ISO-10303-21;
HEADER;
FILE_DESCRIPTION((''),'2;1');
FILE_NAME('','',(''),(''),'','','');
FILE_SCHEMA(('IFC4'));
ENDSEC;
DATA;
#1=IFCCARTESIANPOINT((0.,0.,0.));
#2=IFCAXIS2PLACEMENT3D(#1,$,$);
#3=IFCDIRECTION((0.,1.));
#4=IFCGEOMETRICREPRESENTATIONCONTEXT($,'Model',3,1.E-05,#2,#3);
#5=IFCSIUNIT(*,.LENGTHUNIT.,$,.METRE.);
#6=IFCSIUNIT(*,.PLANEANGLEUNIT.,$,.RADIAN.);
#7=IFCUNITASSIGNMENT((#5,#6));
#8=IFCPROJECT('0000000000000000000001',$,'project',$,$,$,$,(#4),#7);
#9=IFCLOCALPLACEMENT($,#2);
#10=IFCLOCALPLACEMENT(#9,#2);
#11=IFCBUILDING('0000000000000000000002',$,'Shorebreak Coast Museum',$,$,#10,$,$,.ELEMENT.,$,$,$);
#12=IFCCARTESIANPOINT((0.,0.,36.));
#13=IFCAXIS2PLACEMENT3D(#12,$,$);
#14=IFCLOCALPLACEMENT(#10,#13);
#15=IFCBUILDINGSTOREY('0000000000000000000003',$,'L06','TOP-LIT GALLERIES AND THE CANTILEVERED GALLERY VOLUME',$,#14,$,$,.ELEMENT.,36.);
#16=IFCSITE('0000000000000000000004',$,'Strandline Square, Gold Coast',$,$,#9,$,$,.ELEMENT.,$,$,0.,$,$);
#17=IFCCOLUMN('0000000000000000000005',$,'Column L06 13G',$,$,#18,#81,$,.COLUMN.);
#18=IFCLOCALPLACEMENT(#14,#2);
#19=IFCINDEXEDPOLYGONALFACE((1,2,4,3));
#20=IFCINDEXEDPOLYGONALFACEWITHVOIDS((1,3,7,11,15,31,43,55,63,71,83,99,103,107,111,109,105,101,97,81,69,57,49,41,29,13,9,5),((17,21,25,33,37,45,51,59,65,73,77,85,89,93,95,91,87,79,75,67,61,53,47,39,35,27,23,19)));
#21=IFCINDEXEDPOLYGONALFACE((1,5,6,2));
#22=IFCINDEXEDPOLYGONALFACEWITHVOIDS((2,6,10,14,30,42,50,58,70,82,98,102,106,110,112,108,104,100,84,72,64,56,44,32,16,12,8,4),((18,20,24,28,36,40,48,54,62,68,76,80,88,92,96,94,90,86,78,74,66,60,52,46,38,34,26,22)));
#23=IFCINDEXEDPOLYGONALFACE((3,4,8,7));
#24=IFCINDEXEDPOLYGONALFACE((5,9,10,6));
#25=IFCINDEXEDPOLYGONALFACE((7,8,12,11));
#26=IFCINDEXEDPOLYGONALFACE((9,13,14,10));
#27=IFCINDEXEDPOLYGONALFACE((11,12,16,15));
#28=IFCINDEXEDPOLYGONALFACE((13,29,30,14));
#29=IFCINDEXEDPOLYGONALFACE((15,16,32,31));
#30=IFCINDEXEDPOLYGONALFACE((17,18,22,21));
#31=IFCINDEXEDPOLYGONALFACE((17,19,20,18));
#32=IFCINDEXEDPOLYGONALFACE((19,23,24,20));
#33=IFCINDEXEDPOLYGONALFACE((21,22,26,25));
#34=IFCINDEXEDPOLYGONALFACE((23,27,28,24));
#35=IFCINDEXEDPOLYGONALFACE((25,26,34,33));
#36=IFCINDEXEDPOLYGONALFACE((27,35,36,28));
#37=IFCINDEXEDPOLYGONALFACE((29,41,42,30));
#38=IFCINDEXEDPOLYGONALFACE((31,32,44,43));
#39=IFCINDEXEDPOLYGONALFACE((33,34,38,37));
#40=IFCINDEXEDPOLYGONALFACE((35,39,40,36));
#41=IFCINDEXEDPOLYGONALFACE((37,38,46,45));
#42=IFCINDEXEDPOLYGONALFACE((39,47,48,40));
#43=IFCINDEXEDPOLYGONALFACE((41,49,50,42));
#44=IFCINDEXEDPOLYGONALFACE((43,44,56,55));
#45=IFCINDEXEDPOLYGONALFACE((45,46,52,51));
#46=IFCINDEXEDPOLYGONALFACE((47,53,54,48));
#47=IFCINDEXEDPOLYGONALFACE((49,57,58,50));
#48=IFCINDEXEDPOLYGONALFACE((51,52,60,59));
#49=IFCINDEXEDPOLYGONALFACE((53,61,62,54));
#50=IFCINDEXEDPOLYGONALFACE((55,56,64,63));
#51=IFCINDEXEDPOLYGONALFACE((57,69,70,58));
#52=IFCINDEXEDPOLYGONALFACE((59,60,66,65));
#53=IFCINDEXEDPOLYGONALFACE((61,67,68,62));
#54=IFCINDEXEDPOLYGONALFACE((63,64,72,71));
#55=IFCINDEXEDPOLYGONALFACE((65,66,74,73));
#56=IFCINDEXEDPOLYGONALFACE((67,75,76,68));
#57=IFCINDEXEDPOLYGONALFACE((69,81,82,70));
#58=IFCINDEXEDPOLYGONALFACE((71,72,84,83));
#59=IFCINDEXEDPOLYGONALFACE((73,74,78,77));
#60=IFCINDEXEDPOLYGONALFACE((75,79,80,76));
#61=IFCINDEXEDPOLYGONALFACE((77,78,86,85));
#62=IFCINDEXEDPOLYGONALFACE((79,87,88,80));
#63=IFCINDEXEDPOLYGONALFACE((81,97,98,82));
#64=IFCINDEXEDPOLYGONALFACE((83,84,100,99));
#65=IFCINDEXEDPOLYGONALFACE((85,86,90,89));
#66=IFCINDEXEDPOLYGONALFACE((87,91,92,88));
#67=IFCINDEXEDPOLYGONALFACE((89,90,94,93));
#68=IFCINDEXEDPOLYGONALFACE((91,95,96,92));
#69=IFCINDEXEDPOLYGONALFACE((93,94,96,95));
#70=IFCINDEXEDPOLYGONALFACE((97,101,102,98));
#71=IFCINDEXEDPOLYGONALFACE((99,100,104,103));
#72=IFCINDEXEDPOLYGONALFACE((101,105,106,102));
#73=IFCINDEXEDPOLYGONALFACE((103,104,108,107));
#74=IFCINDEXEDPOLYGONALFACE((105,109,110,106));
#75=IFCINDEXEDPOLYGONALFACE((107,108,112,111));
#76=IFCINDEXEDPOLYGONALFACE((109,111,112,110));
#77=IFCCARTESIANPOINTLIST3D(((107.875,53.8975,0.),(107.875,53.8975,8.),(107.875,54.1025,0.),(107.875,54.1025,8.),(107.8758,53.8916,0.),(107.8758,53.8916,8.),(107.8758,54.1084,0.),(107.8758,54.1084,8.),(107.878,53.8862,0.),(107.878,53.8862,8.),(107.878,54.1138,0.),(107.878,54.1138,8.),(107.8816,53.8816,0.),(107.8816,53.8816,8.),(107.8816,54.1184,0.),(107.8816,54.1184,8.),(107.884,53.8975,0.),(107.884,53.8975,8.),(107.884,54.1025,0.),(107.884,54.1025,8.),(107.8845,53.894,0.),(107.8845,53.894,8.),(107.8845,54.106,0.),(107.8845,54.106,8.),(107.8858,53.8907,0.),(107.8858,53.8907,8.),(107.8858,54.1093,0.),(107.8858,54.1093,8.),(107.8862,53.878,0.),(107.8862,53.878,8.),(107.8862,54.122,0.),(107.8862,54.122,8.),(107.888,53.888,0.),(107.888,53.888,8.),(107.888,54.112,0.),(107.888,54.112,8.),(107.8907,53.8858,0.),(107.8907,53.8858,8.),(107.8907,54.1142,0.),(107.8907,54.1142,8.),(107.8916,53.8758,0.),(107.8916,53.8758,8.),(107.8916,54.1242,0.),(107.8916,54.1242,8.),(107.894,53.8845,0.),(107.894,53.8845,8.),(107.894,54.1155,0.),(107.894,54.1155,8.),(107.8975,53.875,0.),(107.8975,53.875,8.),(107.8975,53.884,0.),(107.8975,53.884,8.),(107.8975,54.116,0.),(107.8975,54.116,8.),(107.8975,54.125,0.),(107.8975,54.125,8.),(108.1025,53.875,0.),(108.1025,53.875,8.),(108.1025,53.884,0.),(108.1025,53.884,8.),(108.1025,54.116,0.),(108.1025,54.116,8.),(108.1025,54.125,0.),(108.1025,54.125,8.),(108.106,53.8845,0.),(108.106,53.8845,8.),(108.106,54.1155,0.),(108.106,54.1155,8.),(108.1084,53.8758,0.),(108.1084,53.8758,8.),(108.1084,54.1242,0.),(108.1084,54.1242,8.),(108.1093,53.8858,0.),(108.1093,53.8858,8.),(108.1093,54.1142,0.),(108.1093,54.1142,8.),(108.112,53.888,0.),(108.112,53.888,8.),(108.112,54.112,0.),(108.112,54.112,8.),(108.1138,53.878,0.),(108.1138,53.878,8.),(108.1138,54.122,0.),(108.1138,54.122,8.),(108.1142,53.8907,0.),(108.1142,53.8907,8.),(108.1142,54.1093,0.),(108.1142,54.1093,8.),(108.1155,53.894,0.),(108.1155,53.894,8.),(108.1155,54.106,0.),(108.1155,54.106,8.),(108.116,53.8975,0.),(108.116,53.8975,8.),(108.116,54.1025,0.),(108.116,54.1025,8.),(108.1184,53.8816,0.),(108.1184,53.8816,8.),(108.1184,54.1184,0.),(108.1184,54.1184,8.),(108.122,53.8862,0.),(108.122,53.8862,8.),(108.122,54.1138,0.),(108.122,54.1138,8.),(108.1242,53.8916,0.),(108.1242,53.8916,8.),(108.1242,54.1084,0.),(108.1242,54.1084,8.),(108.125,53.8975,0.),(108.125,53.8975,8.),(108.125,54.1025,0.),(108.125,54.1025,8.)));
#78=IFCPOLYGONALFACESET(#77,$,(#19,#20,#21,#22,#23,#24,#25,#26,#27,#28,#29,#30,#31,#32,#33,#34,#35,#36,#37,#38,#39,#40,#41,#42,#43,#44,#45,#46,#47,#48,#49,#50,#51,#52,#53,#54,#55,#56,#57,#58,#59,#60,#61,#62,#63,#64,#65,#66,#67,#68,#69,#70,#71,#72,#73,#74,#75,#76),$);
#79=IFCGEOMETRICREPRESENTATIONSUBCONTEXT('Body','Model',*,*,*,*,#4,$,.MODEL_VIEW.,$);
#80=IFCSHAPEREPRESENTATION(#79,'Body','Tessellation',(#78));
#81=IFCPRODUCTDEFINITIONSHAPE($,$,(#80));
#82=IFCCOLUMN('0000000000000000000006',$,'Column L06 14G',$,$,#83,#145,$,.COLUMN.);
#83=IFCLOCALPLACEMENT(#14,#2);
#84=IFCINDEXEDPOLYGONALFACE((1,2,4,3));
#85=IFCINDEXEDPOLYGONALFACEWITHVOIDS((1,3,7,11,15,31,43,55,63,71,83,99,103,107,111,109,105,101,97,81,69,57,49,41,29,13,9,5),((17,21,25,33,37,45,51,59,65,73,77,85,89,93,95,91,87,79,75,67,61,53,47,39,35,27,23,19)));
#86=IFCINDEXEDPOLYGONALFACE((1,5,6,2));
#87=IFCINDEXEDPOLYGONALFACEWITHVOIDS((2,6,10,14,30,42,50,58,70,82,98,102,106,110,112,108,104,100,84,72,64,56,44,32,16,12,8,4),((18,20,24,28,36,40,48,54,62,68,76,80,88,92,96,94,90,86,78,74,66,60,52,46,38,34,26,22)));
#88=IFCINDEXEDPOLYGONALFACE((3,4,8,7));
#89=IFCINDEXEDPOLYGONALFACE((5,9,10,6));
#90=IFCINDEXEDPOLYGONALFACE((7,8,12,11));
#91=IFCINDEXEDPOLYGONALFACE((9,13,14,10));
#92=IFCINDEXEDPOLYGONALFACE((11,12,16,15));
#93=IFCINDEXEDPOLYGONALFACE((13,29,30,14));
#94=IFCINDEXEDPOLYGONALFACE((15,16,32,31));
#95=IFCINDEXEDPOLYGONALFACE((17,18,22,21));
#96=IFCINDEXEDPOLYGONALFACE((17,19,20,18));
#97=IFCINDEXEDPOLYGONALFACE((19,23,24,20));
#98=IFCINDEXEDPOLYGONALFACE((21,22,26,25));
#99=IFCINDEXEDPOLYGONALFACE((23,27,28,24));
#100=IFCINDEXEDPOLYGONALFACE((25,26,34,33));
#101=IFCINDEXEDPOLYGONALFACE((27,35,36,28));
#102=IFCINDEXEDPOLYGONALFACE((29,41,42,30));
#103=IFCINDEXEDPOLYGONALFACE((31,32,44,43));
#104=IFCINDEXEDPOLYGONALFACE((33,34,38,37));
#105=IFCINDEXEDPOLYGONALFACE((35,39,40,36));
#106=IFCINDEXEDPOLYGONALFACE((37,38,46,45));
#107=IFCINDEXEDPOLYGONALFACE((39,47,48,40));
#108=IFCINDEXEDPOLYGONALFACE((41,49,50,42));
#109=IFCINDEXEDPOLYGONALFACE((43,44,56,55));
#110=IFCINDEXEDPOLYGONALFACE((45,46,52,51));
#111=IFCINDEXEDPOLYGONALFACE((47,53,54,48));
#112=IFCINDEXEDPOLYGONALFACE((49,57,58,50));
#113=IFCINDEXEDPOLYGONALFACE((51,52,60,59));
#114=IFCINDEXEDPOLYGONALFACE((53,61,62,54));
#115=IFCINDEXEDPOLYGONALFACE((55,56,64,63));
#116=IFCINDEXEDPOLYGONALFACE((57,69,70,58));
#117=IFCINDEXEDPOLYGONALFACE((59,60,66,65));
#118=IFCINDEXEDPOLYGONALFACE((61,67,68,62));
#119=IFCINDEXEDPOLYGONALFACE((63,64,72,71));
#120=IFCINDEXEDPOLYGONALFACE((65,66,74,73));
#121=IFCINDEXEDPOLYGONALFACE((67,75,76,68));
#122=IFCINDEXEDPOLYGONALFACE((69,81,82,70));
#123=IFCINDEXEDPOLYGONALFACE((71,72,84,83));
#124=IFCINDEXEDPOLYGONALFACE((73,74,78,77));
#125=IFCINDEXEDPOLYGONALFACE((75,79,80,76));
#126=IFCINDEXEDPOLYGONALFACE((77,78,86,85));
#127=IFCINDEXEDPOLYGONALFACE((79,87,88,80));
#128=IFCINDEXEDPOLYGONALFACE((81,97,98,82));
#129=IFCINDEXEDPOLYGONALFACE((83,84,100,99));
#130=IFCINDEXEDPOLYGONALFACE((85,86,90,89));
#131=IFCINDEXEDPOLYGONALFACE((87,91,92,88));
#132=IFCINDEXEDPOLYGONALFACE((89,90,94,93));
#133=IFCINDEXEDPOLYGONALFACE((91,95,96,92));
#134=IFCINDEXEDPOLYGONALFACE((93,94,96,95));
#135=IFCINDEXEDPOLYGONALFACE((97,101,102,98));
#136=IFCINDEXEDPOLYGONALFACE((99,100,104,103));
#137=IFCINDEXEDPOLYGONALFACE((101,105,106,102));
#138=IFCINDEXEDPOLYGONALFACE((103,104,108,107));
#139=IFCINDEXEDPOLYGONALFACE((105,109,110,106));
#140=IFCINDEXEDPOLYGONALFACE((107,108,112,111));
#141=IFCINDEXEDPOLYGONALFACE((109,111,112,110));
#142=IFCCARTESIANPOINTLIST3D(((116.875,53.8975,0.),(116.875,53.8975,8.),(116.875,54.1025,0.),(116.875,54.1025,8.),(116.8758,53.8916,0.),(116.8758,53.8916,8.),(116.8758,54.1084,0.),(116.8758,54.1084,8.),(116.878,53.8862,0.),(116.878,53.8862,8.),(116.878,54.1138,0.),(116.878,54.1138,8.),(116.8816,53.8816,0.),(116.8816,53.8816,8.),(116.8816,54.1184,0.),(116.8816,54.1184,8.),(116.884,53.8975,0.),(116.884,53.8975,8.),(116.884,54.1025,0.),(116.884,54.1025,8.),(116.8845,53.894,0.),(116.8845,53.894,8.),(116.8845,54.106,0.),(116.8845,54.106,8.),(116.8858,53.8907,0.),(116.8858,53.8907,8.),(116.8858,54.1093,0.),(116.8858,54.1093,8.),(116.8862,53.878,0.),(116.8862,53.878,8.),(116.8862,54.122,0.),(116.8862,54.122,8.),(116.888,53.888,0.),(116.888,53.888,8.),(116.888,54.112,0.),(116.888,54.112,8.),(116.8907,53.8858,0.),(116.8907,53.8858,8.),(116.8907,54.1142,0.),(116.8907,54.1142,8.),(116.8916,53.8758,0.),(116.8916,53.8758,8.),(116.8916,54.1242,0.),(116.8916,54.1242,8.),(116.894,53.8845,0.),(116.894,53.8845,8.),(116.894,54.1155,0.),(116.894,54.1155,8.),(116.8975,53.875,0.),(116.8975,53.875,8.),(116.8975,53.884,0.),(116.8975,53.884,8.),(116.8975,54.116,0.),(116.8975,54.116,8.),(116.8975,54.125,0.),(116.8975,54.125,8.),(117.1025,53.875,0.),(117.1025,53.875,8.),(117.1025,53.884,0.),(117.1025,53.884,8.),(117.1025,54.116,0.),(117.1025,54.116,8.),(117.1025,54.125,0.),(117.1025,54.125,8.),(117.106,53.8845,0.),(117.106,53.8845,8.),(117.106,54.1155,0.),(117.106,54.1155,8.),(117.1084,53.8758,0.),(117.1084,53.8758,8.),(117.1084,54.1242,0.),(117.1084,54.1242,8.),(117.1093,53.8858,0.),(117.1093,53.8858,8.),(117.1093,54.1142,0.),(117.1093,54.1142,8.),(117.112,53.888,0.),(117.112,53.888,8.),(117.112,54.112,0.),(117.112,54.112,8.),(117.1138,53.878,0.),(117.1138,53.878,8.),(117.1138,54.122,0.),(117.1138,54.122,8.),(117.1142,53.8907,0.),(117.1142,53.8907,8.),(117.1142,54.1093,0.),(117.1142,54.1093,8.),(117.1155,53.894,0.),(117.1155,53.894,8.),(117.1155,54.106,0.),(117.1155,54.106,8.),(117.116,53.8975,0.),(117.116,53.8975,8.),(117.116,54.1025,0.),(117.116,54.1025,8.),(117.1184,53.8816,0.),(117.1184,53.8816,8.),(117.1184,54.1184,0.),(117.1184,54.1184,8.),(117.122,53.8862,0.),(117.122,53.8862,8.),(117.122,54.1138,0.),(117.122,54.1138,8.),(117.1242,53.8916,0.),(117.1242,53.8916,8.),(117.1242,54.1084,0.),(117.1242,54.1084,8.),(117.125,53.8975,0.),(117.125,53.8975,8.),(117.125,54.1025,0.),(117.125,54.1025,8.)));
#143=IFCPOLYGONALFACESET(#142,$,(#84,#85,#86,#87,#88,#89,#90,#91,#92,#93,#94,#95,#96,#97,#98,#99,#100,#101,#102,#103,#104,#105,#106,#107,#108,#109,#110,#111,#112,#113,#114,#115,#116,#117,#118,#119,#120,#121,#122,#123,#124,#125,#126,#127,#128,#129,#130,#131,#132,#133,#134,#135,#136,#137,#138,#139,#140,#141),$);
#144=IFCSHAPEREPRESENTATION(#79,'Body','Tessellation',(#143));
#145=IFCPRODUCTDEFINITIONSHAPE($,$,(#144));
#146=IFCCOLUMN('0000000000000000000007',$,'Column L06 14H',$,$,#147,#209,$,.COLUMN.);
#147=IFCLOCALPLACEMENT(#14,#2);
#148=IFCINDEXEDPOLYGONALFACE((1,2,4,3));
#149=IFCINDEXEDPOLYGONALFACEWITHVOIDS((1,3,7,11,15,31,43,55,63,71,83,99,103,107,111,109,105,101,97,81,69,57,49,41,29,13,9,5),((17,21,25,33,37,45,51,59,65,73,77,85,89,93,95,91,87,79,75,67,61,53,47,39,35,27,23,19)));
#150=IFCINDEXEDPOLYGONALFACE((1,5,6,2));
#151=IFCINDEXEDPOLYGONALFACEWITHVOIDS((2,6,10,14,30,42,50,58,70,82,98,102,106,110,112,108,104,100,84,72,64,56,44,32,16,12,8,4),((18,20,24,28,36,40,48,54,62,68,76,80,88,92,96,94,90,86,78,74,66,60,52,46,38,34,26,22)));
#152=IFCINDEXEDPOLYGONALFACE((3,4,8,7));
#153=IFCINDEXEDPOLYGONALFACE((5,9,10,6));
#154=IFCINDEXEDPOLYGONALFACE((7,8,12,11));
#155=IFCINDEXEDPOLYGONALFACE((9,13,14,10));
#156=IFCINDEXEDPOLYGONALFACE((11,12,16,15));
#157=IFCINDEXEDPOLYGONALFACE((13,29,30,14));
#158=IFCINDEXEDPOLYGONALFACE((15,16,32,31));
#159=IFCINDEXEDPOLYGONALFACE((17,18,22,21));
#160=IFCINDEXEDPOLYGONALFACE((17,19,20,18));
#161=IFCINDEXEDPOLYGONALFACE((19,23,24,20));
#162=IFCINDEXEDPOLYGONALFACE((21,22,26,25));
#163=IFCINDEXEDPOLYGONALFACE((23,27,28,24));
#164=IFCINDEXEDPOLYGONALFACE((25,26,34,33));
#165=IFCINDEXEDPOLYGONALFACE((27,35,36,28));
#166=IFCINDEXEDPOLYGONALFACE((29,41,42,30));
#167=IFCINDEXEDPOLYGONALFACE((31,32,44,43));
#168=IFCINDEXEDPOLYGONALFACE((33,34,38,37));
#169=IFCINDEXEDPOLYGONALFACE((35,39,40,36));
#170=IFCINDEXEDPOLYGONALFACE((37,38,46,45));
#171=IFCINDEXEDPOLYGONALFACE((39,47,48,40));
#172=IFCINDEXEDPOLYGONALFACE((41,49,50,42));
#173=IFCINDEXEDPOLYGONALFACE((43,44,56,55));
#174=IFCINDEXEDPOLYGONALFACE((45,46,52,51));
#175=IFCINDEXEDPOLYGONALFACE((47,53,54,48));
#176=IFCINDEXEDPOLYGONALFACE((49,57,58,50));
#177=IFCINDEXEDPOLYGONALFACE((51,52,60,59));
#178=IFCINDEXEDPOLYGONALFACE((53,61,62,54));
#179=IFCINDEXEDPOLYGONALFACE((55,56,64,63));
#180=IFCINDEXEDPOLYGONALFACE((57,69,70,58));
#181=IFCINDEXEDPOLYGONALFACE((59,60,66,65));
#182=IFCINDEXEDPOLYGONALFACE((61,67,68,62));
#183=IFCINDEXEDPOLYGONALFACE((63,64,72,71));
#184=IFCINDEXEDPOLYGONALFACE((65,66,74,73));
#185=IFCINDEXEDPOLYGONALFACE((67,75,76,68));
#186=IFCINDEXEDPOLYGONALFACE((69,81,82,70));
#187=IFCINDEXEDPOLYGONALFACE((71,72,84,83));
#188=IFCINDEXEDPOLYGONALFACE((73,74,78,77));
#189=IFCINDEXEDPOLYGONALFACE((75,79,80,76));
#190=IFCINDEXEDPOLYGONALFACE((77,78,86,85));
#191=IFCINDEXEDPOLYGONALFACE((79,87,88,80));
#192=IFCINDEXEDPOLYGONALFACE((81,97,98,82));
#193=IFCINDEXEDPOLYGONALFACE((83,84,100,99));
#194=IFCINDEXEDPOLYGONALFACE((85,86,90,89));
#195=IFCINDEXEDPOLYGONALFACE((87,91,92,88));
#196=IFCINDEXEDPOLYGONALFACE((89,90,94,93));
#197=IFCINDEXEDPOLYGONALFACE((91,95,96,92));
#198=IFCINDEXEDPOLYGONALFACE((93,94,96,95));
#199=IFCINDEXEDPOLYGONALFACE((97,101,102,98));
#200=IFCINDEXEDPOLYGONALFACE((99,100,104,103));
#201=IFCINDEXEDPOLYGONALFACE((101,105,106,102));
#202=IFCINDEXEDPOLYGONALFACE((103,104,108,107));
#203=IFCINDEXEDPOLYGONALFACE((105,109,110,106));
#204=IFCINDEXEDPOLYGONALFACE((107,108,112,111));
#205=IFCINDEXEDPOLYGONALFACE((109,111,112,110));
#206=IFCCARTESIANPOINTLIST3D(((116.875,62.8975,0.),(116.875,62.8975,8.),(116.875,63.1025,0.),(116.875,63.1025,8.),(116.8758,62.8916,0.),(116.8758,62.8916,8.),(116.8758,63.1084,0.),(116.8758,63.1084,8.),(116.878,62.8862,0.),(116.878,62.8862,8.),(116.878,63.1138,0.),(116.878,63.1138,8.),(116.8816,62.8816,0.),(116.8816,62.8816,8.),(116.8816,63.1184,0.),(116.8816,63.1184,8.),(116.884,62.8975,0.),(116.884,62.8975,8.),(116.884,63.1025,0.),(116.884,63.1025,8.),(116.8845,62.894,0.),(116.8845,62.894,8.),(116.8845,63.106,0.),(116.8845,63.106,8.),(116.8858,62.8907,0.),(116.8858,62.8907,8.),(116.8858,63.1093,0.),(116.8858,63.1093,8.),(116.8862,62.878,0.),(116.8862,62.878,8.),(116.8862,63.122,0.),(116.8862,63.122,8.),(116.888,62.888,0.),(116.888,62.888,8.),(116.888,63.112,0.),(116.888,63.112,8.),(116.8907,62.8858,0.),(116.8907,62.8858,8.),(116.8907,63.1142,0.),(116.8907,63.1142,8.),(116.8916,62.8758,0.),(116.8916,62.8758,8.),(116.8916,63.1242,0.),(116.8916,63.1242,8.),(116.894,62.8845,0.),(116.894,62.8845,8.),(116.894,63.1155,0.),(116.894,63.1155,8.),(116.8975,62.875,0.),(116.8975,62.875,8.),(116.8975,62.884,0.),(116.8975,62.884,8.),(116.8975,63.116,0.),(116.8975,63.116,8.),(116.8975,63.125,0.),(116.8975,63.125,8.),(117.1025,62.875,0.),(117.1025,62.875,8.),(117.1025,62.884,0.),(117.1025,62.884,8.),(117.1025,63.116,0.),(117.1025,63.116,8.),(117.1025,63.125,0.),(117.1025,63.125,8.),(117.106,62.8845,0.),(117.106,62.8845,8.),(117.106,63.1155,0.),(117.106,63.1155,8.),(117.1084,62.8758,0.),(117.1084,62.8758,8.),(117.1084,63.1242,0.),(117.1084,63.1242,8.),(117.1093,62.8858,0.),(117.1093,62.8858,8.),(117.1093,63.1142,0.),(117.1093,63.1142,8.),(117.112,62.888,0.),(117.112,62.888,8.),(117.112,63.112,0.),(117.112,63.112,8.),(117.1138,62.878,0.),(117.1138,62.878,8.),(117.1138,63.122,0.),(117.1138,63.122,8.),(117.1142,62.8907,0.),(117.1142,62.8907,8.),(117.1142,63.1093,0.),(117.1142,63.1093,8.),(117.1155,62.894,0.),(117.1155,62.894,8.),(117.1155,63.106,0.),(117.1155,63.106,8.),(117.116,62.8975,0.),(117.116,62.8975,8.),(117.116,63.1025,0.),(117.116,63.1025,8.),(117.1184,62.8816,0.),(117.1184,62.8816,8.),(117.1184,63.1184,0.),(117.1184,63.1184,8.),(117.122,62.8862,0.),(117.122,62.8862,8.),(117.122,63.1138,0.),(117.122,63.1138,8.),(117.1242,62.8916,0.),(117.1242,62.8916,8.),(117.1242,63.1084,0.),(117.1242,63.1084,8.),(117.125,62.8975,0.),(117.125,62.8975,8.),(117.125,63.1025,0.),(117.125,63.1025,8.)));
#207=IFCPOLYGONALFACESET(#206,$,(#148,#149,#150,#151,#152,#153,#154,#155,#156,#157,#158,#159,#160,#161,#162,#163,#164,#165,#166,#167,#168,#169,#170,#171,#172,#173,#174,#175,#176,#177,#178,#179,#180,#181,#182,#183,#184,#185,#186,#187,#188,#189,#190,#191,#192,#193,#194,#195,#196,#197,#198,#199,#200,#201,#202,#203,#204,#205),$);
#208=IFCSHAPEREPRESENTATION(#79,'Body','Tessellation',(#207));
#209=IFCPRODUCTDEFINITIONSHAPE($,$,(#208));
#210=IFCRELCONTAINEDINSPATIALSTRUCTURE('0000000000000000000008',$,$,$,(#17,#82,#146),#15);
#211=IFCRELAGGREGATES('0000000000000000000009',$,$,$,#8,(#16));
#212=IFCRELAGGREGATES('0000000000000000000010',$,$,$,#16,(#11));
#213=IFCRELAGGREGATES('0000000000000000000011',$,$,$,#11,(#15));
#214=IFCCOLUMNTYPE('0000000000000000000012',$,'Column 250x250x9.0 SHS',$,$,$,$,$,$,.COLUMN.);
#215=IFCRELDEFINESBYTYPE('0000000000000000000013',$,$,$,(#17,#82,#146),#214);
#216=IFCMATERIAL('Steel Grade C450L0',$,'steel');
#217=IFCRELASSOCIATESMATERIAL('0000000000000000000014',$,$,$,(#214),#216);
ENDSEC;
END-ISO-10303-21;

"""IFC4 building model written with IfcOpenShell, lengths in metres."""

from ifc_helpers import new_model, si_unit, direction, frame, origin, origin_2d, place, context, subcontext, project, spatial, hollow_rectangle, extrude, material, material_profile, profile_set, type_object, element, save


model = new_model("IFC4")

# Units and contexts
model_context = context("Model", 3, precision=1e-05, world=origin(), true_north=direction((0.0, 1.0)))
body_context = subcontext(model_context, "Body", "Model", "MODEL_VIEW")
ifc_project = project(units=[si_unit("LENGTHUNIT", "METRE"), si_unit("PLANEANGLEUNIT", "RADIAN")], contexts=[model_context])

# Site, building, storey
site_placement = place(None, origin())
site = spatial("IfcSite", under=ifc_project, at=site_placement, Name="Strandline Square, Gold Coast", CompositionType="ELEMENT", RefElevation=0.0)
building_placement = place(site_placement, origin())
building = spatial("IfcBuilding", under=site, at=building_placement, Name="Shorebreak Coast Museum", CompositionType="ELEMENT")
storey_placement = place(building_placement, frame((0.0, 0.0, 36.0)))
storey = spatial("IfcBuildingStorey", under=building, at=storey_placement, Name="L06", Description="TOP-LIT GALLERIES AND THE CANTILEVERED GALLERY VOLUME", CompositionType="ELEMENT", Elevation=36.0)

# Columns
ifc_material_1 = material(Name="Steel Grade C450L0", Category="steel")
ifc_material_profile_1 = material_profile(ifc_material_1, hollow_rectangle(XDim=0.25, YDim=0.25, WallThickness=0.009, InnerFilletRadius=0.0134, OuterFilletRadius=0.0225, at=origin_2d()), Name="250x250x9.0 SHS")
ifc_profile_set_1 = profile_set([ifc_material_profile_1], Name="Steel Grade C450L0")
column_type_1 = type_object("IfcColumnType", Name="Column 250x250x9.0 SHS", PredefinedType="COLUMN", material=ifc_profile_set_1)
for number, where, z_axis, x_axis, name in (
    (1, (108.0, 54.0, 0.0), (0.0, 0.0, 1.0), (1.0, 0.0, 0.0), "Column L06 13G"),
    (2, (117.0, 54.0, 0.0), (0.0, 0.0, 1.0), (1.0, 0.0, 0.0), "Column L06 14G"),
    (3, (117.0, 63.0, 0.0), (0.0, 0.0, 1.0), (1.0, 0.0, 0.0), "Column L06 14H"),
):
    element("IfcColumn", number, at=place(storey_placement, frame(where, z_axis=z_axis, x_axis=x_axis)), inside=storey, type_object=column_type_1, Name=name, PredefinedType="COLUMN", context=body_context, shape_type="SweptSolid", body=[
        extrude(hollow_rectangle(XDim=0.25, YDim=0.25, WallThickness=0.009, InnerFilletRadius=0.0134, OuterFilletRadius=0.0225, at=origin_2d()), origin(), (0.0, 0.0, 1.0), 8.0),
    ])

save(model, "model.ifc")
